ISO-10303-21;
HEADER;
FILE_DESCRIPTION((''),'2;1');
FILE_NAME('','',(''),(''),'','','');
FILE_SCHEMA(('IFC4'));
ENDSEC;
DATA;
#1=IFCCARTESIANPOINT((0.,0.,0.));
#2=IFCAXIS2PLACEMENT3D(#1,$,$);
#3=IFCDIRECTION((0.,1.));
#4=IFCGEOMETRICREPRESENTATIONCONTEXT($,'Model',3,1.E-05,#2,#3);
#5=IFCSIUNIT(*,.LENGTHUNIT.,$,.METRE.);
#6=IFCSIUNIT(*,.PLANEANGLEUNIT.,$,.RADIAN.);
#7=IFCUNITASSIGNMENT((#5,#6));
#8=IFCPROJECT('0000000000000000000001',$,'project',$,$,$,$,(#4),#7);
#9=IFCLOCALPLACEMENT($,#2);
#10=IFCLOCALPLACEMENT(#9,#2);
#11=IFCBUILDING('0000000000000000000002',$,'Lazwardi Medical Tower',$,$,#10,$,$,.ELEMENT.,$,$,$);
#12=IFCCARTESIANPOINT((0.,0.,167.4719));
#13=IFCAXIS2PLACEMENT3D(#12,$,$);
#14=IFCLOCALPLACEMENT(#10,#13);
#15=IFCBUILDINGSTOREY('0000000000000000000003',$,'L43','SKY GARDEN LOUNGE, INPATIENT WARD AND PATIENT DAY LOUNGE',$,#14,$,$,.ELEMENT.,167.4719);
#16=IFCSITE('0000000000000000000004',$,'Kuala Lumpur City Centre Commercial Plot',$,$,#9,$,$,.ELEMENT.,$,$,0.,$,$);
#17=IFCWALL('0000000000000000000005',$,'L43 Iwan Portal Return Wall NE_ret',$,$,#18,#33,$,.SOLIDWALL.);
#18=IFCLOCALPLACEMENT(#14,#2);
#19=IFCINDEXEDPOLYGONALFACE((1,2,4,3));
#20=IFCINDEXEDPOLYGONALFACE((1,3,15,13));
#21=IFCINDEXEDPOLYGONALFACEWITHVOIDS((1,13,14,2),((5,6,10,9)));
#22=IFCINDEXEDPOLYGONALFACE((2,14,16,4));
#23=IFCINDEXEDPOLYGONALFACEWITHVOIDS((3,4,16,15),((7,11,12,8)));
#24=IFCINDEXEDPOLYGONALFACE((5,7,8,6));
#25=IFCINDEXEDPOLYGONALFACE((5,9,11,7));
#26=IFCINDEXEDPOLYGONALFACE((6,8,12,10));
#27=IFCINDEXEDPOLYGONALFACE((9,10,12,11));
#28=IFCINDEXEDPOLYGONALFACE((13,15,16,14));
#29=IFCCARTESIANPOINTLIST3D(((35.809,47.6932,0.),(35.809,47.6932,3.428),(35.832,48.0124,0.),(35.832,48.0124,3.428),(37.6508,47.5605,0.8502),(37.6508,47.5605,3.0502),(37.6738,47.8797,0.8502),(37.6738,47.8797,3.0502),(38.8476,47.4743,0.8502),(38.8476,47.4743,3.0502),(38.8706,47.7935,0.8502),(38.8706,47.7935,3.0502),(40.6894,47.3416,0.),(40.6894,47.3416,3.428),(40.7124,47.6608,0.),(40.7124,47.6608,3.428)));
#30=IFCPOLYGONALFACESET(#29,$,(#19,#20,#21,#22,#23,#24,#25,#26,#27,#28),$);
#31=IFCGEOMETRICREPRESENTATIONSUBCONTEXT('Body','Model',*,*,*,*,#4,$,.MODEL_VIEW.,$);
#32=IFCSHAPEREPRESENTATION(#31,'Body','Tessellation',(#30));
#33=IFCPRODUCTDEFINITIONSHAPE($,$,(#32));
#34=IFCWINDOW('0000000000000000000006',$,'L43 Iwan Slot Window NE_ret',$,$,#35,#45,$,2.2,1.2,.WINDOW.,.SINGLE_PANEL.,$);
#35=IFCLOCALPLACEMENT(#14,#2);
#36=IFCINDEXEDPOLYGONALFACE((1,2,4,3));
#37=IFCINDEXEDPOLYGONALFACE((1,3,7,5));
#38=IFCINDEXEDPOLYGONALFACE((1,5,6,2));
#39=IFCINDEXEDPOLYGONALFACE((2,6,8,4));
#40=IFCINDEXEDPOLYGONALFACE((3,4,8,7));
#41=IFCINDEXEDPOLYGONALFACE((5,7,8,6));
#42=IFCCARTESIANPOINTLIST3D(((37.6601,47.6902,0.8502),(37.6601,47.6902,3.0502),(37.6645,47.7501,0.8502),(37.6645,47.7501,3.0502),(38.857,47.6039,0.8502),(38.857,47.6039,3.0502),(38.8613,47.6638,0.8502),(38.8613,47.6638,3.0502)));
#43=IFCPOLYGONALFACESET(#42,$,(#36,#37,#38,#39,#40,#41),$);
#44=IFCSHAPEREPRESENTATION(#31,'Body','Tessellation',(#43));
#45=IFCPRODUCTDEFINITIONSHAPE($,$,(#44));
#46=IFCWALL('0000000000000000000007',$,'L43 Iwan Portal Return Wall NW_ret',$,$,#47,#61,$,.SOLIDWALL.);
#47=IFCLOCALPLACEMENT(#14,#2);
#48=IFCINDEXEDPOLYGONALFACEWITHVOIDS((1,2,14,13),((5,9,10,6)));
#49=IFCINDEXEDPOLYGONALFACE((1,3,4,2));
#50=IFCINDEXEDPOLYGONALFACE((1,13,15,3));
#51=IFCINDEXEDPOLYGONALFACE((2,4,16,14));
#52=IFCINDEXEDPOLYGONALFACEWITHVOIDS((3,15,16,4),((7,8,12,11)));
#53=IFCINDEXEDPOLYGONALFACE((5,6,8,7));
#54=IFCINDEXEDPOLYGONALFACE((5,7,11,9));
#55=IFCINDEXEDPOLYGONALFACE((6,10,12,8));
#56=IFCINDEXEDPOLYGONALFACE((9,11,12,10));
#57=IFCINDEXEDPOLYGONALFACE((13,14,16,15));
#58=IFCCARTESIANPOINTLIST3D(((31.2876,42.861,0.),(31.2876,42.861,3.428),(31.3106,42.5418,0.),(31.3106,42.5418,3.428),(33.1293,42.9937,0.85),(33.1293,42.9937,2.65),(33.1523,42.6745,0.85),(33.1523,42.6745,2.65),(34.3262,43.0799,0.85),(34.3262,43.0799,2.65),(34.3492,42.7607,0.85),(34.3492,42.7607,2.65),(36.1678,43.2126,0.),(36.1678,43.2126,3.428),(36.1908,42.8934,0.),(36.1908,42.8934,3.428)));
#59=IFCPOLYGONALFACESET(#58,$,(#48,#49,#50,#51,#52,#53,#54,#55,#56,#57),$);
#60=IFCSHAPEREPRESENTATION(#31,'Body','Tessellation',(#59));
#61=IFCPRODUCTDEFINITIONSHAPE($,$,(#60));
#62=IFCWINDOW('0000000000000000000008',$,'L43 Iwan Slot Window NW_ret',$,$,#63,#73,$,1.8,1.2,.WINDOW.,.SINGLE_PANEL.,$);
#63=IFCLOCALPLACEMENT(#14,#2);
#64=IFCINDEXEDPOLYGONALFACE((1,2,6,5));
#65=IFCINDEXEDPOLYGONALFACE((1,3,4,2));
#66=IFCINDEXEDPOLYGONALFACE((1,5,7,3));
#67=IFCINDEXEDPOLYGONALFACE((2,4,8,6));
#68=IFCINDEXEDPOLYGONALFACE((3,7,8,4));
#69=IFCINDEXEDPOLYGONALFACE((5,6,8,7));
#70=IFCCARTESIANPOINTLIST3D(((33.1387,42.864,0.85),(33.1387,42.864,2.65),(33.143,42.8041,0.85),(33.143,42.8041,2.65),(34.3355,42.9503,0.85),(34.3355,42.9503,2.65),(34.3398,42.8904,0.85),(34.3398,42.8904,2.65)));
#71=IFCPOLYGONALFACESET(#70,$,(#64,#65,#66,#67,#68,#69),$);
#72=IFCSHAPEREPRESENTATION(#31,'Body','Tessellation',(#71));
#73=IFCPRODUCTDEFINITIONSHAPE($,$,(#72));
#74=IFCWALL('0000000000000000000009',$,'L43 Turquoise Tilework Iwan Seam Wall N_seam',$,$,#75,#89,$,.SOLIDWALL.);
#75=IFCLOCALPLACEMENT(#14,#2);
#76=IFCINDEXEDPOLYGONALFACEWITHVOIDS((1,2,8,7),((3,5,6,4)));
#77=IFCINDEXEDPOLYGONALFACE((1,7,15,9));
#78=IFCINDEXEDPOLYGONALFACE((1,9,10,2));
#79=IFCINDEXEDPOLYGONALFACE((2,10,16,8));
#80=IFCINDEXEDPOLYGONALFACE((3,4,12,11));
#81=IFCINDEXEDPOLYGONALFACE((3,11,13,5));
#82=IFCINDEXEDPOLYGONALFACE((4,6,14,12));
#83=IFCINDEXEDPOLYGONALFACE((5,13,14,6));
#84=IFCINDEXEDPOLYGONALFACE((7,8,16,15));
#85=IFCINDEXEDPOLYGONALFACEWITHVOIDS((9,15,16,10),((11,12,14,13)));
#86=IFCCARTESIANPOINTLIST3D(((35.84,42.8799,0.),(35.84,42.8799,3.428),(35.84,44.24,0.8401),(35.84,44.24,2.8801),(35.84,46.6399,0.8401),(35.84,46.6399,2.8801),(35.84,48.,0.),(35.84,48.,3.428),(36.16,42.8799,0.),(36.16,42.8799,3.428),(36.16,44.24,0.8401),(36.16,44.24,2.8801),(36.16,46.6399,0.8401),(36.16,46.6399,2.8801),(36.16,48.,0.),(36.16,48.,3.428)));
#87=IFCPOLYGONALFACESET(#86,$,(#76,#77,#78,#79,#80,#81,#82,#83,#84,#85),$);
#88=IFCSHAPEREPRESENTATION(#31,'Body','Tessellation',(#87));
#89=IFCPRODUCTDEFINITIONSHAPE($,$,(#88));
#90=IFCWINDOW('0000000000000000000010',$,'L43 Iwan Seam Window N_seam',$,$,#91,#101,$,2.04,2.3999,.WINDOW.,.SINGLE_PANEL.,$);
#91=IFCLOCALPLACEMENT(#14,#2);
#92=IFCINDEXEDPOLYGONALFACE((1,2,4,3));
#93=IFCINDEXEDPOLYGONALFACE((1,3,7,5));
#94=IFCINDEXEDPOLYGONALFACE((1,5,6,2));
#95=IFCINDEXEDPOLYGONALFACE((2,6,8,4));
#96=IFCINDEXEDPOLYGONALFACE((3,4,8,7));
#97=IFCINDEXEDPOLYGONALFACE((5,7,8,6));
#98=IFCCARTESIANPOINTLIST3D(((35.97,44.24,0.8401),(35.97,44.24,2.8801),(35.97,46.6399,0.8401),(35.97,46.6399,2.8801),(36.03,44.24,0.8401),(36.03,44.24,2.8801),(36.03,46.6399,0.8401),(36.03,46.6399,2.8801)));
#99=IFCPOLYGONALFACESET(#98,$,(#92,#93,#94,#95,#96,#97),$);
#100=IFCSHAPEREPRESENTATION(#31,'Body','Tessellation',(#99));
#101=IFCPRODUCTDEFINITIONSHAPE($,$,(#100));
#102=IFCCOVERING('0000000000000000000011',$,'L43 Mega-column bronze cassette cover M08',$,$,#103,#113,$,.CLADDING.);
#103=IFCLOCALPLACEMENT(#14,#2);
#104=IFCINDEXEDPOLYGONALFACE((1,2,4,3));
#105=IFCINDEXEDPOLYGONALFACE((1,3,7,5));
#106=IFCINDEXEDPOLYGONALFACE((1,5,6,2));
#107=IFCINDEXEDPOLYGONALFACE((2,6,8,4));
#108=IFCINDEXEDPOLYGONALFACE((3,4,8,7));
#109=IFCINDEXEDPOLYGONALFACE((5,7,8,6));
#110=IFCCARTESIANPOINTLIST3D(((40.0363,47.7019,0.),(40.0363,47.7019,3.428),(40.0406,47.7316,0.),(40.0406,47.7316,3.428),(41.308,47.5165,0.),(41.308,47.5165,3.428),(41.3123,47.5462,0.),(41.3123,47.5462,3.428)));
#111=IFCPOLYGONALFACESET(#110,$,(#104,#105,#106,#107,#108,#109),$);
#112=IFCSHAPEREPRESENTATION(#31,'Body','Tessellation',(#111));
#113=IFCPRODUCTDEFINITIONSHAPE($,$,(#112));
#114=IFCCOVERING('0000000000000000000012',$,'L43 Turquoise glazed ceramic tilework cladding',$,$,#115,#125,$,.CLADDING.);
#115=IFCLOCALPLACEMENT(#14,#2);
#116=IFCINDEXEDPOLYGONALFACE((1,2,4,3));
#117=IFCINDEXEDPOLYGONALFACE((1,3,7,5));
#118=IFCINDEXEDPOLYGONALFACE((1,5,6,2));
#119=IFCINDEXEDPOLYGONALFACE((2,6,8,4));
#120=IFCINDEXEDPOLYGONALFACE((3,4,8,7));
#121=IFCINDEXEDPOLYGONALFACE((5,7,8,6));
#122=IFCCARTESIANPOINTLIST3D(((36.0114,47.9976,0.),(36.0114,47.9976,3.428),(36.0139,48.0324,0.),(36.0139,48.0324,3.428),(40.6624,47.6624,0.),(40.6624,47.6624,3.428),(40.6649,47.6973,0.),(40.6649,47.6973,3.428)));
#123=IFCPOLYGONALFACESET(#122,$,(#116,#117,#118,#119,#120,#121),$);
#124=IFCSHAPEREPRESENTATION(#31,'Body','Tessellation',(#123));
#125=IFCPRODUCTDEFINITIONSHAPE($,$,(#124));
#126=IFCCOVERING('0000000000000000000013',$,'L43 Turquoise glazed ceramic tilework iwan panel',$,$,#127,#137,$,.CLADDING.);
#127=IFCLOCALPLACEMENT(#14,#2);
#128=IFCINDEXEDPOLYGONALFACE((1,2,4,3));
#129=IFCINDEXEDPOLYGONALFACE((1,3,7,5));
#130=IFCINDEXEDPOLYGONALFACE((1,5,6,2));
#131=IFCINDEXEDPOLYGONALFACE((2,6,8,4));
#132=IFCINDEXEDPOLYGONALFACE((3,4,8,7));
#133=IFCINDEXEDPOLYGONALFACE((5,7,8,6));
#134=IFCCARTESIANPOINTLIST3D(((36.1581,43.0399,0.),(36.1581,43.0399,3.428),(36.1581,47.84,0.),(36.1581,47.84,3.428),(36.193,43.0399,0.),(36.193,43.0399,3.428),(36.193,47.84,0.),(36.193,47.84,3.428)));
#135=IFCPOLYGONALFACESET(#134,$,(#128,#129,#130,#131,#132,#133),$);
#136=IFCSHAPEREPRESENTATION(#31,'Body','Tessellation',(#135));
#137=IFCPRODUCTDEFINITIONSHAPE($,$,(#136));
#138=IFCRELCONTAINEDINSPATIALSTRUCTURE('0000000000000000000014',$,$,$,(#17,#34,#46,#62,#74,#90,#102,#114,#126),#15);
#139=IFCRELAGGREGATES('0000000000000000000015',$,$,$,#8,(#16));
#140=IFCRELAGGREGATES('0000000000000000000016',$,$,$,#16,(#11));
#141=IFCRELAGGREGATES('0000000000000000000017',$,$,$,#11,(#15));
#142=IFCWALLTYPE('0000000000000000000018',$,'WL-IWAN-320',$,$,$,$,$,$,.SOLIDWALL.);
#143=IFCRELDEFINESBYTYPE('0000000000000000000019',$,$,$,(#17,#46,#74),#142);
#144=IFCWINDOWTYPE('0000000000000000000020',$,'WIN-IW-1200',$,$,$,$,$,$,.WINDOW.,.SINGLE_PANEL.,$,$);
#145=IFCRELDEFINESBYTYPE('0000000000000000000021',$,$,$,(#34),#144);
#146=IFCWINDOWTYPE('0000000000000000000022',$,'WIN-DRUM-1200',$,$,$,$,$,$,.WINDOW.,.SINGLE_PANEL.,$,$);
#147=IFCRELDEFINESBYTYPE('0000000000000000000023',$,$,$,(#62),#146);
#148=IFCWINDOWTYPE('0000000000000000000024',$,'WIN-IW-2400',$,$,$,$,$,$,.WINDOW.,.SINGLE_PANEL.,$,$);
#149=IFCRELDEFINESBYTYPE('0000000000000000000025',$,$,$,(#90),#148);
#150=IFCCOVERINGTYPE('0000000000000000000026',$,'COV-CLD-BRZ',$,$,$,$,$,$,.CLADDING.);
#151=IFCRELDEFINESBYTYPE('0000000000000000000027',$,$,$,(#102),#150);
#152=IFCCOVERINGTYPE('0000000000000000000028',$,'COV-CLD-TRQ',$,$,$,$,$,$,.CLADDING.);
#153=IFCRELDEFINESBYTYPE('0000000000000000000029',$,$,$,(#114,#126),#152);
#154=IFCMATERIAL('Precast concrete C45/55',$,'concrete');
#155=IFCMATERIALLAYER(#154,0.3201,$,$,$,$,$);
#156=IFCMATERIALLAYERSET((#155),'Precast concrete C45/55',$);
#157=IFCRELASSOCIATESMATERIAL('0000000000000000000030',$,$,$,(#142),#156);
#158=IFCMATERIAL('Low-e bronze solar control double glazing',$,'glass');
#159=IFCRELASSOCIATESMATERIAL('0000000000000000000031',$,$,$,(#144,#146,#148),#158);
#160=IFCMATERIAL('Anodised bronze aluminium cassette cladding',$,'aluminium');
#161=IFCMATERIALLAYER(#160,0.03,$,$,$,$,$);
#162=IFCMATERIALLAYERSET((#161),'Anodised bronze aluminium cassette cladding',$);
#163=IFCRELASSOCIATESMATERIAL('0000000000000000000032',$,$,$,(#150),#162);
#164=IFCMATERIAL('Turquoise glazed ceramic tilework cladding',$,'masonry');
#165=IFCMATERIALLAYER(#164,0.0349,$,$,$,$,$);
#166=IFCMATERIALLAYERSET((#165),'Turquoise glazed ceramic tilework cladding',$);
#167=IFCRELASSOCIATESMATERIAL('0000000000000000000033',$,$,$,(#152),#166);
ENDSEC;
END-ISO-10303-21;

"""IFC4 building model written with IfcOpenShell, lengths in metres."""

from ifc_helpers import new_model, si_unit, direction, frame, frame_2d, origin, origin_2d, place, context, subcontext, project, spatial, rectangle, extrude, material, layer, layer_set, type_object, element, fill, save


model = new_model("IFC4")

# Units and contexts
model_context = context("Model", 3, precision=1e-05, world=origin(), true_north=direction((0.0, 1.0)))
body_context = subcontext(model_context, "Body", "Model", "MODEL_VIEW")
ifc_project = project(units=[si_unit("LENGTHUNIT", "METRE"), si_unit("PLANEANGLEUNIT", "RADIAN")], contexts=[model_context])

# Site, building, storey
site_placement = place(None, origin())
site = spatial("IfcSite", under=ifc_project, at=site_placement, Name="Kuala Lumpur City Centre Commercial Plot", CompositionType="ELEMENT", RefElevation=0.0)
building_placement = place(site_placement, origin())
building = spatial("IfcBuilding", under=site, at=building_placement, Name="Lazwardi Medical Tower", CompositionType="ELEMENT")
storey_placement = place(building_placement, frame((0.0, 0.0, 167.4719)))
storey = spatial("IfcBuildingStorey", under=building, at=storey_placement, Name="L43", Description="SKY GARDEN LOUNGE, INPATIENT WARD AND PATIENT DAY LOUNGE", CompositionType="ELEMENT", Elevation=167.4719)

# Shared definitions
ifc_material_1 = material(Name="Low-e bronze solar control double glazing", Category="glass")

# Walls, openings, windows
ifc_material_2 = material(Name="Precast concrete C45/55", Category="concrete")
ifc_layer_1 = layer(ifc_material_2, 0.3201)
ifc_layer_set_1 = layer_set([ifc_layer_1], Name="Precast concrete C45/55")
wall_type_1 = type_object("IfcWallType", Name="WL-IWAN-320", PredefinedType="SOLIDWALL", material=ifc_layer_set_1)
wall_1_placement = place(storey_placement, frame((40.7009, 47.5012, 0.0), z_axis=(0.0, 0.0, 1.0), x_axis=(-0.997415, 0.07185, 0.0)))
wall_1 = element("IfcWall", 1, at=wall_1_placement, inside=storey, type_object=wall_type_1, Name="L43 Iwan Portal Return Wall NE_ret", PredefinedType="SOLIDWALL", context=body_context, shape_type="SweptSolid", body=[
    extrude(rectangle(XDim=4.8931, YDim=0.3201, at=frame_2d((2.4465, 0.0))), origin(), (0.0, 0.0, 1.0), 3.428),
])
opening_1_placement = place(wall_1_placement, frame((1.8464, 0.0, 0.8501)))
opening_1 = element("IfcOpeningElement", 2, at=opening_1_placement, cuts=wall_1, PredefinedType="OPENING", context=body_context, shape_type="SweptSolid", body=[
    extrude(rectangle(XDim=1.2, YDim=2.2, at=frame_2d((0.6001, 1.1001))), frame((0.0, 0.1699, 0.0), z_axis=(0.0, -1.0, 0.0), x_axis=(1.0, 0.0, 0.0)), (0.0, 0.0, 1.0), 0.3401),
])
window_type_1 = type_object("IfcWindowType", Name="WIN-IW-1200", PartitioningType="SINGLE_PANEL", PredefinedType="WINDOW", material=ifc_material_1)
window_1_placement = place(opening_1_placement, origin())
window_1 = element("IfcWindow", 3, at=window_1_placement, inside=storey, type_object=window_type_1, Name="L43 Iwan Slot Window NE_ret", OverallHeight=2.2, OverallWidth=1.2, PartitioningType="SINGLE_PANEL", PredefinedType="WINDOW", context=body_context, shape_type="SweptSolid", body=[
    extrude(rectangle(XDim=1.2, YDim=2.2, at=frame_2d((0.6001, 1.1001))), frame((0.0, 0.03, 0.0), z_axis=(0.0, -1.0, 0.0), x_axis=(1.0, 0.0, 0.0)), (0.0, 0.0, 1.0), 0.0601),
])
fill(opening_1, window_1)
wall_2_placement = place(storey_placement, frame((36.1792, 43.053, 0.0), z_axis=(0.0, 0.0, 1.0), x_axis=(-0.997415, -0.071853, 0.0)))
wall_2 = element("IfcWall", 4, at=wall_2_placement, inside=storey, type_object=wall_type_1, Name="L43 Iwan Portal Return Wall NW_ret", PredefinedType="SOLIDWALL", context=body_context, shape_type="SweptSolid", body=[
    extrude(rectangle(XDim=4.8928, YDim=0.3201, at=frame_2d((2.4463, 0.0))), origin(), (0.0, 0.0, 1.0), 3.428),
])
opening_2_placement = place(wall_2_placement, frame((1.8462, 0.0, 0.8501)))
opening_2 = element("IfcOpeningElement", 5, at=opening_2_placement, cuts=wall_2, PredefinedType="OPENING", context=body_context, shape_type="SweptSolid", body=[
    extrude(rectangle(XDim=1.2, YDim=1.8, at=frame_2d((0.6001, 0.8999))), frame((0.0, 0.1699, 0.0), z_axis=(0.0, -1.0, 0.0), x_axis=(1.0, 0.0, 0.0)), (0.0, 0.0, 1.0), 0.3401),
])
window_type_2 = type_object("IfcWindowType", Name="WIN-DRUM-1200", PartitioningType="SINGLE_PANEL", PredefinedType="WINDOW", material=ifc_material_1)
window_2_placement = place(opening_2_placement, origin())
window_2 = element("IfcWindow", 6, at=window_2_placement, inside=storey, type_object=window_type_2, Name="L43 Iwan Slot Window NW_ret", OverallHeight=1.8, OverallWidth=1.2, PartitioningType="SINGLE_PANEL", PredefinedType="WINDOW", context=body_context, shape_type="SweptSolid", body=[
    extrude(rectangle(XDim=1.2, YDim=1.8, at=frame_2d((0.6001, 0.8999))), frame((0.0, 0.03, 0.0), z_axis=(0.0, -1.0, 0.0), x_axis=(1.0, 0.0, 0.0)), (0.0, 0.0, 1.0), 0.0601),
])
fill(opening_2, window_2)
wall_3_placement = place(storey_placement, frame((36.0, 48.0, 0.0), z_axis=(0.0, 0.0, 1.0), x_axis=(0.0, -1.0, 0.0)))
wall_3 = element("IfcWall", 7, at=wall_3_placement, inside=storey, type_object=wall_type_1, Name="L43 Turquoise Tilework Iwan Seam Wall N_seam", PredefinedType="SOLIDWALL", context=body_context, shape_type="SweptSolid", body=[
    extrude(rectangle(XDim=5.1201, YDim=0.3201, at=frame_2d((2.5601, 0.0))), origin(), (0.0, 0.0, 1.0), 3.428),
])
opening_3_placement = place(wall_3_placement, frame((1.3601, 0.0, 0.8401)))
opening_3 = element("IfcOpeningElement", 8, at=opening_3_placement, cuts=wall_3, PredefinedType="OPENING", context=body_context, shape_type="SweptSolid", body=[
    extrude(rectangle(XDim=2.3999, YDim=2.04, at=frame_2d((1.2, 1.02))), frame((0.0, 0.1699, 0.0), z_axis=(0.0, -1.0, 0.0), x_axis=(1.0, 0.0, 0.0)), (0.0, 0.0, 1.0), 0.3401),
])
window_type_3 = type_object("IfcWindowType", Name="WIN-IW-2400", PartitioningType="SINGLE_PANEL", PredefinedType="WINDOW", material=ifc_material_1)
window_3_placement = place(opening_3_placement, origin())
window_3 = element("IfcWindow", 9, at=window_3_placement, inside=storey, type_object=window_type_3, Name="L43 Iwan Seam Window N_seam", OverallHeight=2.04, OverallWidth=2.3999, PartitioningType="SINGLE_PANEL", PredefinedType="WINDOW", context=body_context, shape_type="SweptSolid", body=[
    extrude(rectangle(XDim=2.3999, YDim=2.04, at=frame_2d((1.2, 1.02))), frame((0.0, 0.03, 0.0), z_axis=(0.0, -1.0, 0.0), x_axis=(1.0, 0.0, 0.0)), (0.0, 0.0, 1.0), 0.0601),
])
fill(opening_3, window_3)

# Coverings
ifc_material_3 = material(Name="Anodised bronze aluminium cassette cladding", Category="aluminium")
ifc_layer_2 = layer(ifc_material_3, 0.03)
ifc_layer_set_2 = layer_set([ifc_layer_2], Name="Anodised bronze aluminium cassette cladding")
covering_type_1 = type_object("IfcCoveringType", Name="COV-CLD-BRZ", PredefinedType="CLADDING", material=ifc_layer_set_2)
covering_1_placement = place(storey_placement, frame((40.6743, 47.624, 0.0), z_axis=(0.0, 0.0, 1.0), x_axis=(-0.989539, 0.144265, 0.0)))
element("IfcCovering", 10, at=covering_1_placement, inside=storey, type_object=covering_type_1, Name="L43 Mega-column bronze cassette cover M08", PredefinedType="CLADDING", context=body_context, shape_type="SweptSolid", body=[
    extrude(rectangle(XDim=1.2852, YDim=0.03, at=origin_2d()), origin(), (0.0, 0.0, 1.0), 3.428),
])
ifc_material_4 = material(Name="Turquoise glazed ceramic tilework cladding", Category="masonry")
ifc_layer_3 = layer(ifc_material_4, 0.0349)
ifc_layer_set_3 = layer_set([ifc_layer_3], Name="Turquoise glazed ceramic tilework cladding")
covering_type_2 = type_object("IfcCoveringType", Name="COV-CLD-TRQ", PredefinedType="CLADDING", material=ifc_layer_set_3)
covering_2_placement = place(storey_placement, frame((38.3381, 47.8474, 0.0), z_axis=(0.0, 0.0, 1.0), x_axis=(-0.997415, 0.071863, 0.0)))
element("IfcCovering", 11, at=covering_2_placement, inside=storey, type_object=covering_type_2, Name="L43 Turquoise glazed ceramic tilework cladding", PredefinedType="CLADDING", context=body_context, shape_type="SweptSolid", body=[
    extrude(rectangle(XDim=4.6631, YDim=0.0349, at=origin_2d()), origin(), (0.0, 0.0, 1.0), 3.428),
])
covering_3_placement = place(storey_placement, frame((36.1755, 45.4399, 0.0), z_axis=(0.0, 0.0, 1.0), x_axis=(0.0, -1.0, 0.0)))
element("IfcCovering", 12, at=covering_3_placement, inside=storey, type_object=covering_type_2, Name="L43 Turquoise glazed ceramic tilework iwan panel", PredefinedType="CLADDING", context=body_context, shape_type="SweptSolid", body=[
    extrude(rectangle(XDim=4.8, YDim=0.0349, at=origin_2d()), origin(), (0.0, 0.0, 1.0), 3.428),
])

save(model, "model.ifc")
